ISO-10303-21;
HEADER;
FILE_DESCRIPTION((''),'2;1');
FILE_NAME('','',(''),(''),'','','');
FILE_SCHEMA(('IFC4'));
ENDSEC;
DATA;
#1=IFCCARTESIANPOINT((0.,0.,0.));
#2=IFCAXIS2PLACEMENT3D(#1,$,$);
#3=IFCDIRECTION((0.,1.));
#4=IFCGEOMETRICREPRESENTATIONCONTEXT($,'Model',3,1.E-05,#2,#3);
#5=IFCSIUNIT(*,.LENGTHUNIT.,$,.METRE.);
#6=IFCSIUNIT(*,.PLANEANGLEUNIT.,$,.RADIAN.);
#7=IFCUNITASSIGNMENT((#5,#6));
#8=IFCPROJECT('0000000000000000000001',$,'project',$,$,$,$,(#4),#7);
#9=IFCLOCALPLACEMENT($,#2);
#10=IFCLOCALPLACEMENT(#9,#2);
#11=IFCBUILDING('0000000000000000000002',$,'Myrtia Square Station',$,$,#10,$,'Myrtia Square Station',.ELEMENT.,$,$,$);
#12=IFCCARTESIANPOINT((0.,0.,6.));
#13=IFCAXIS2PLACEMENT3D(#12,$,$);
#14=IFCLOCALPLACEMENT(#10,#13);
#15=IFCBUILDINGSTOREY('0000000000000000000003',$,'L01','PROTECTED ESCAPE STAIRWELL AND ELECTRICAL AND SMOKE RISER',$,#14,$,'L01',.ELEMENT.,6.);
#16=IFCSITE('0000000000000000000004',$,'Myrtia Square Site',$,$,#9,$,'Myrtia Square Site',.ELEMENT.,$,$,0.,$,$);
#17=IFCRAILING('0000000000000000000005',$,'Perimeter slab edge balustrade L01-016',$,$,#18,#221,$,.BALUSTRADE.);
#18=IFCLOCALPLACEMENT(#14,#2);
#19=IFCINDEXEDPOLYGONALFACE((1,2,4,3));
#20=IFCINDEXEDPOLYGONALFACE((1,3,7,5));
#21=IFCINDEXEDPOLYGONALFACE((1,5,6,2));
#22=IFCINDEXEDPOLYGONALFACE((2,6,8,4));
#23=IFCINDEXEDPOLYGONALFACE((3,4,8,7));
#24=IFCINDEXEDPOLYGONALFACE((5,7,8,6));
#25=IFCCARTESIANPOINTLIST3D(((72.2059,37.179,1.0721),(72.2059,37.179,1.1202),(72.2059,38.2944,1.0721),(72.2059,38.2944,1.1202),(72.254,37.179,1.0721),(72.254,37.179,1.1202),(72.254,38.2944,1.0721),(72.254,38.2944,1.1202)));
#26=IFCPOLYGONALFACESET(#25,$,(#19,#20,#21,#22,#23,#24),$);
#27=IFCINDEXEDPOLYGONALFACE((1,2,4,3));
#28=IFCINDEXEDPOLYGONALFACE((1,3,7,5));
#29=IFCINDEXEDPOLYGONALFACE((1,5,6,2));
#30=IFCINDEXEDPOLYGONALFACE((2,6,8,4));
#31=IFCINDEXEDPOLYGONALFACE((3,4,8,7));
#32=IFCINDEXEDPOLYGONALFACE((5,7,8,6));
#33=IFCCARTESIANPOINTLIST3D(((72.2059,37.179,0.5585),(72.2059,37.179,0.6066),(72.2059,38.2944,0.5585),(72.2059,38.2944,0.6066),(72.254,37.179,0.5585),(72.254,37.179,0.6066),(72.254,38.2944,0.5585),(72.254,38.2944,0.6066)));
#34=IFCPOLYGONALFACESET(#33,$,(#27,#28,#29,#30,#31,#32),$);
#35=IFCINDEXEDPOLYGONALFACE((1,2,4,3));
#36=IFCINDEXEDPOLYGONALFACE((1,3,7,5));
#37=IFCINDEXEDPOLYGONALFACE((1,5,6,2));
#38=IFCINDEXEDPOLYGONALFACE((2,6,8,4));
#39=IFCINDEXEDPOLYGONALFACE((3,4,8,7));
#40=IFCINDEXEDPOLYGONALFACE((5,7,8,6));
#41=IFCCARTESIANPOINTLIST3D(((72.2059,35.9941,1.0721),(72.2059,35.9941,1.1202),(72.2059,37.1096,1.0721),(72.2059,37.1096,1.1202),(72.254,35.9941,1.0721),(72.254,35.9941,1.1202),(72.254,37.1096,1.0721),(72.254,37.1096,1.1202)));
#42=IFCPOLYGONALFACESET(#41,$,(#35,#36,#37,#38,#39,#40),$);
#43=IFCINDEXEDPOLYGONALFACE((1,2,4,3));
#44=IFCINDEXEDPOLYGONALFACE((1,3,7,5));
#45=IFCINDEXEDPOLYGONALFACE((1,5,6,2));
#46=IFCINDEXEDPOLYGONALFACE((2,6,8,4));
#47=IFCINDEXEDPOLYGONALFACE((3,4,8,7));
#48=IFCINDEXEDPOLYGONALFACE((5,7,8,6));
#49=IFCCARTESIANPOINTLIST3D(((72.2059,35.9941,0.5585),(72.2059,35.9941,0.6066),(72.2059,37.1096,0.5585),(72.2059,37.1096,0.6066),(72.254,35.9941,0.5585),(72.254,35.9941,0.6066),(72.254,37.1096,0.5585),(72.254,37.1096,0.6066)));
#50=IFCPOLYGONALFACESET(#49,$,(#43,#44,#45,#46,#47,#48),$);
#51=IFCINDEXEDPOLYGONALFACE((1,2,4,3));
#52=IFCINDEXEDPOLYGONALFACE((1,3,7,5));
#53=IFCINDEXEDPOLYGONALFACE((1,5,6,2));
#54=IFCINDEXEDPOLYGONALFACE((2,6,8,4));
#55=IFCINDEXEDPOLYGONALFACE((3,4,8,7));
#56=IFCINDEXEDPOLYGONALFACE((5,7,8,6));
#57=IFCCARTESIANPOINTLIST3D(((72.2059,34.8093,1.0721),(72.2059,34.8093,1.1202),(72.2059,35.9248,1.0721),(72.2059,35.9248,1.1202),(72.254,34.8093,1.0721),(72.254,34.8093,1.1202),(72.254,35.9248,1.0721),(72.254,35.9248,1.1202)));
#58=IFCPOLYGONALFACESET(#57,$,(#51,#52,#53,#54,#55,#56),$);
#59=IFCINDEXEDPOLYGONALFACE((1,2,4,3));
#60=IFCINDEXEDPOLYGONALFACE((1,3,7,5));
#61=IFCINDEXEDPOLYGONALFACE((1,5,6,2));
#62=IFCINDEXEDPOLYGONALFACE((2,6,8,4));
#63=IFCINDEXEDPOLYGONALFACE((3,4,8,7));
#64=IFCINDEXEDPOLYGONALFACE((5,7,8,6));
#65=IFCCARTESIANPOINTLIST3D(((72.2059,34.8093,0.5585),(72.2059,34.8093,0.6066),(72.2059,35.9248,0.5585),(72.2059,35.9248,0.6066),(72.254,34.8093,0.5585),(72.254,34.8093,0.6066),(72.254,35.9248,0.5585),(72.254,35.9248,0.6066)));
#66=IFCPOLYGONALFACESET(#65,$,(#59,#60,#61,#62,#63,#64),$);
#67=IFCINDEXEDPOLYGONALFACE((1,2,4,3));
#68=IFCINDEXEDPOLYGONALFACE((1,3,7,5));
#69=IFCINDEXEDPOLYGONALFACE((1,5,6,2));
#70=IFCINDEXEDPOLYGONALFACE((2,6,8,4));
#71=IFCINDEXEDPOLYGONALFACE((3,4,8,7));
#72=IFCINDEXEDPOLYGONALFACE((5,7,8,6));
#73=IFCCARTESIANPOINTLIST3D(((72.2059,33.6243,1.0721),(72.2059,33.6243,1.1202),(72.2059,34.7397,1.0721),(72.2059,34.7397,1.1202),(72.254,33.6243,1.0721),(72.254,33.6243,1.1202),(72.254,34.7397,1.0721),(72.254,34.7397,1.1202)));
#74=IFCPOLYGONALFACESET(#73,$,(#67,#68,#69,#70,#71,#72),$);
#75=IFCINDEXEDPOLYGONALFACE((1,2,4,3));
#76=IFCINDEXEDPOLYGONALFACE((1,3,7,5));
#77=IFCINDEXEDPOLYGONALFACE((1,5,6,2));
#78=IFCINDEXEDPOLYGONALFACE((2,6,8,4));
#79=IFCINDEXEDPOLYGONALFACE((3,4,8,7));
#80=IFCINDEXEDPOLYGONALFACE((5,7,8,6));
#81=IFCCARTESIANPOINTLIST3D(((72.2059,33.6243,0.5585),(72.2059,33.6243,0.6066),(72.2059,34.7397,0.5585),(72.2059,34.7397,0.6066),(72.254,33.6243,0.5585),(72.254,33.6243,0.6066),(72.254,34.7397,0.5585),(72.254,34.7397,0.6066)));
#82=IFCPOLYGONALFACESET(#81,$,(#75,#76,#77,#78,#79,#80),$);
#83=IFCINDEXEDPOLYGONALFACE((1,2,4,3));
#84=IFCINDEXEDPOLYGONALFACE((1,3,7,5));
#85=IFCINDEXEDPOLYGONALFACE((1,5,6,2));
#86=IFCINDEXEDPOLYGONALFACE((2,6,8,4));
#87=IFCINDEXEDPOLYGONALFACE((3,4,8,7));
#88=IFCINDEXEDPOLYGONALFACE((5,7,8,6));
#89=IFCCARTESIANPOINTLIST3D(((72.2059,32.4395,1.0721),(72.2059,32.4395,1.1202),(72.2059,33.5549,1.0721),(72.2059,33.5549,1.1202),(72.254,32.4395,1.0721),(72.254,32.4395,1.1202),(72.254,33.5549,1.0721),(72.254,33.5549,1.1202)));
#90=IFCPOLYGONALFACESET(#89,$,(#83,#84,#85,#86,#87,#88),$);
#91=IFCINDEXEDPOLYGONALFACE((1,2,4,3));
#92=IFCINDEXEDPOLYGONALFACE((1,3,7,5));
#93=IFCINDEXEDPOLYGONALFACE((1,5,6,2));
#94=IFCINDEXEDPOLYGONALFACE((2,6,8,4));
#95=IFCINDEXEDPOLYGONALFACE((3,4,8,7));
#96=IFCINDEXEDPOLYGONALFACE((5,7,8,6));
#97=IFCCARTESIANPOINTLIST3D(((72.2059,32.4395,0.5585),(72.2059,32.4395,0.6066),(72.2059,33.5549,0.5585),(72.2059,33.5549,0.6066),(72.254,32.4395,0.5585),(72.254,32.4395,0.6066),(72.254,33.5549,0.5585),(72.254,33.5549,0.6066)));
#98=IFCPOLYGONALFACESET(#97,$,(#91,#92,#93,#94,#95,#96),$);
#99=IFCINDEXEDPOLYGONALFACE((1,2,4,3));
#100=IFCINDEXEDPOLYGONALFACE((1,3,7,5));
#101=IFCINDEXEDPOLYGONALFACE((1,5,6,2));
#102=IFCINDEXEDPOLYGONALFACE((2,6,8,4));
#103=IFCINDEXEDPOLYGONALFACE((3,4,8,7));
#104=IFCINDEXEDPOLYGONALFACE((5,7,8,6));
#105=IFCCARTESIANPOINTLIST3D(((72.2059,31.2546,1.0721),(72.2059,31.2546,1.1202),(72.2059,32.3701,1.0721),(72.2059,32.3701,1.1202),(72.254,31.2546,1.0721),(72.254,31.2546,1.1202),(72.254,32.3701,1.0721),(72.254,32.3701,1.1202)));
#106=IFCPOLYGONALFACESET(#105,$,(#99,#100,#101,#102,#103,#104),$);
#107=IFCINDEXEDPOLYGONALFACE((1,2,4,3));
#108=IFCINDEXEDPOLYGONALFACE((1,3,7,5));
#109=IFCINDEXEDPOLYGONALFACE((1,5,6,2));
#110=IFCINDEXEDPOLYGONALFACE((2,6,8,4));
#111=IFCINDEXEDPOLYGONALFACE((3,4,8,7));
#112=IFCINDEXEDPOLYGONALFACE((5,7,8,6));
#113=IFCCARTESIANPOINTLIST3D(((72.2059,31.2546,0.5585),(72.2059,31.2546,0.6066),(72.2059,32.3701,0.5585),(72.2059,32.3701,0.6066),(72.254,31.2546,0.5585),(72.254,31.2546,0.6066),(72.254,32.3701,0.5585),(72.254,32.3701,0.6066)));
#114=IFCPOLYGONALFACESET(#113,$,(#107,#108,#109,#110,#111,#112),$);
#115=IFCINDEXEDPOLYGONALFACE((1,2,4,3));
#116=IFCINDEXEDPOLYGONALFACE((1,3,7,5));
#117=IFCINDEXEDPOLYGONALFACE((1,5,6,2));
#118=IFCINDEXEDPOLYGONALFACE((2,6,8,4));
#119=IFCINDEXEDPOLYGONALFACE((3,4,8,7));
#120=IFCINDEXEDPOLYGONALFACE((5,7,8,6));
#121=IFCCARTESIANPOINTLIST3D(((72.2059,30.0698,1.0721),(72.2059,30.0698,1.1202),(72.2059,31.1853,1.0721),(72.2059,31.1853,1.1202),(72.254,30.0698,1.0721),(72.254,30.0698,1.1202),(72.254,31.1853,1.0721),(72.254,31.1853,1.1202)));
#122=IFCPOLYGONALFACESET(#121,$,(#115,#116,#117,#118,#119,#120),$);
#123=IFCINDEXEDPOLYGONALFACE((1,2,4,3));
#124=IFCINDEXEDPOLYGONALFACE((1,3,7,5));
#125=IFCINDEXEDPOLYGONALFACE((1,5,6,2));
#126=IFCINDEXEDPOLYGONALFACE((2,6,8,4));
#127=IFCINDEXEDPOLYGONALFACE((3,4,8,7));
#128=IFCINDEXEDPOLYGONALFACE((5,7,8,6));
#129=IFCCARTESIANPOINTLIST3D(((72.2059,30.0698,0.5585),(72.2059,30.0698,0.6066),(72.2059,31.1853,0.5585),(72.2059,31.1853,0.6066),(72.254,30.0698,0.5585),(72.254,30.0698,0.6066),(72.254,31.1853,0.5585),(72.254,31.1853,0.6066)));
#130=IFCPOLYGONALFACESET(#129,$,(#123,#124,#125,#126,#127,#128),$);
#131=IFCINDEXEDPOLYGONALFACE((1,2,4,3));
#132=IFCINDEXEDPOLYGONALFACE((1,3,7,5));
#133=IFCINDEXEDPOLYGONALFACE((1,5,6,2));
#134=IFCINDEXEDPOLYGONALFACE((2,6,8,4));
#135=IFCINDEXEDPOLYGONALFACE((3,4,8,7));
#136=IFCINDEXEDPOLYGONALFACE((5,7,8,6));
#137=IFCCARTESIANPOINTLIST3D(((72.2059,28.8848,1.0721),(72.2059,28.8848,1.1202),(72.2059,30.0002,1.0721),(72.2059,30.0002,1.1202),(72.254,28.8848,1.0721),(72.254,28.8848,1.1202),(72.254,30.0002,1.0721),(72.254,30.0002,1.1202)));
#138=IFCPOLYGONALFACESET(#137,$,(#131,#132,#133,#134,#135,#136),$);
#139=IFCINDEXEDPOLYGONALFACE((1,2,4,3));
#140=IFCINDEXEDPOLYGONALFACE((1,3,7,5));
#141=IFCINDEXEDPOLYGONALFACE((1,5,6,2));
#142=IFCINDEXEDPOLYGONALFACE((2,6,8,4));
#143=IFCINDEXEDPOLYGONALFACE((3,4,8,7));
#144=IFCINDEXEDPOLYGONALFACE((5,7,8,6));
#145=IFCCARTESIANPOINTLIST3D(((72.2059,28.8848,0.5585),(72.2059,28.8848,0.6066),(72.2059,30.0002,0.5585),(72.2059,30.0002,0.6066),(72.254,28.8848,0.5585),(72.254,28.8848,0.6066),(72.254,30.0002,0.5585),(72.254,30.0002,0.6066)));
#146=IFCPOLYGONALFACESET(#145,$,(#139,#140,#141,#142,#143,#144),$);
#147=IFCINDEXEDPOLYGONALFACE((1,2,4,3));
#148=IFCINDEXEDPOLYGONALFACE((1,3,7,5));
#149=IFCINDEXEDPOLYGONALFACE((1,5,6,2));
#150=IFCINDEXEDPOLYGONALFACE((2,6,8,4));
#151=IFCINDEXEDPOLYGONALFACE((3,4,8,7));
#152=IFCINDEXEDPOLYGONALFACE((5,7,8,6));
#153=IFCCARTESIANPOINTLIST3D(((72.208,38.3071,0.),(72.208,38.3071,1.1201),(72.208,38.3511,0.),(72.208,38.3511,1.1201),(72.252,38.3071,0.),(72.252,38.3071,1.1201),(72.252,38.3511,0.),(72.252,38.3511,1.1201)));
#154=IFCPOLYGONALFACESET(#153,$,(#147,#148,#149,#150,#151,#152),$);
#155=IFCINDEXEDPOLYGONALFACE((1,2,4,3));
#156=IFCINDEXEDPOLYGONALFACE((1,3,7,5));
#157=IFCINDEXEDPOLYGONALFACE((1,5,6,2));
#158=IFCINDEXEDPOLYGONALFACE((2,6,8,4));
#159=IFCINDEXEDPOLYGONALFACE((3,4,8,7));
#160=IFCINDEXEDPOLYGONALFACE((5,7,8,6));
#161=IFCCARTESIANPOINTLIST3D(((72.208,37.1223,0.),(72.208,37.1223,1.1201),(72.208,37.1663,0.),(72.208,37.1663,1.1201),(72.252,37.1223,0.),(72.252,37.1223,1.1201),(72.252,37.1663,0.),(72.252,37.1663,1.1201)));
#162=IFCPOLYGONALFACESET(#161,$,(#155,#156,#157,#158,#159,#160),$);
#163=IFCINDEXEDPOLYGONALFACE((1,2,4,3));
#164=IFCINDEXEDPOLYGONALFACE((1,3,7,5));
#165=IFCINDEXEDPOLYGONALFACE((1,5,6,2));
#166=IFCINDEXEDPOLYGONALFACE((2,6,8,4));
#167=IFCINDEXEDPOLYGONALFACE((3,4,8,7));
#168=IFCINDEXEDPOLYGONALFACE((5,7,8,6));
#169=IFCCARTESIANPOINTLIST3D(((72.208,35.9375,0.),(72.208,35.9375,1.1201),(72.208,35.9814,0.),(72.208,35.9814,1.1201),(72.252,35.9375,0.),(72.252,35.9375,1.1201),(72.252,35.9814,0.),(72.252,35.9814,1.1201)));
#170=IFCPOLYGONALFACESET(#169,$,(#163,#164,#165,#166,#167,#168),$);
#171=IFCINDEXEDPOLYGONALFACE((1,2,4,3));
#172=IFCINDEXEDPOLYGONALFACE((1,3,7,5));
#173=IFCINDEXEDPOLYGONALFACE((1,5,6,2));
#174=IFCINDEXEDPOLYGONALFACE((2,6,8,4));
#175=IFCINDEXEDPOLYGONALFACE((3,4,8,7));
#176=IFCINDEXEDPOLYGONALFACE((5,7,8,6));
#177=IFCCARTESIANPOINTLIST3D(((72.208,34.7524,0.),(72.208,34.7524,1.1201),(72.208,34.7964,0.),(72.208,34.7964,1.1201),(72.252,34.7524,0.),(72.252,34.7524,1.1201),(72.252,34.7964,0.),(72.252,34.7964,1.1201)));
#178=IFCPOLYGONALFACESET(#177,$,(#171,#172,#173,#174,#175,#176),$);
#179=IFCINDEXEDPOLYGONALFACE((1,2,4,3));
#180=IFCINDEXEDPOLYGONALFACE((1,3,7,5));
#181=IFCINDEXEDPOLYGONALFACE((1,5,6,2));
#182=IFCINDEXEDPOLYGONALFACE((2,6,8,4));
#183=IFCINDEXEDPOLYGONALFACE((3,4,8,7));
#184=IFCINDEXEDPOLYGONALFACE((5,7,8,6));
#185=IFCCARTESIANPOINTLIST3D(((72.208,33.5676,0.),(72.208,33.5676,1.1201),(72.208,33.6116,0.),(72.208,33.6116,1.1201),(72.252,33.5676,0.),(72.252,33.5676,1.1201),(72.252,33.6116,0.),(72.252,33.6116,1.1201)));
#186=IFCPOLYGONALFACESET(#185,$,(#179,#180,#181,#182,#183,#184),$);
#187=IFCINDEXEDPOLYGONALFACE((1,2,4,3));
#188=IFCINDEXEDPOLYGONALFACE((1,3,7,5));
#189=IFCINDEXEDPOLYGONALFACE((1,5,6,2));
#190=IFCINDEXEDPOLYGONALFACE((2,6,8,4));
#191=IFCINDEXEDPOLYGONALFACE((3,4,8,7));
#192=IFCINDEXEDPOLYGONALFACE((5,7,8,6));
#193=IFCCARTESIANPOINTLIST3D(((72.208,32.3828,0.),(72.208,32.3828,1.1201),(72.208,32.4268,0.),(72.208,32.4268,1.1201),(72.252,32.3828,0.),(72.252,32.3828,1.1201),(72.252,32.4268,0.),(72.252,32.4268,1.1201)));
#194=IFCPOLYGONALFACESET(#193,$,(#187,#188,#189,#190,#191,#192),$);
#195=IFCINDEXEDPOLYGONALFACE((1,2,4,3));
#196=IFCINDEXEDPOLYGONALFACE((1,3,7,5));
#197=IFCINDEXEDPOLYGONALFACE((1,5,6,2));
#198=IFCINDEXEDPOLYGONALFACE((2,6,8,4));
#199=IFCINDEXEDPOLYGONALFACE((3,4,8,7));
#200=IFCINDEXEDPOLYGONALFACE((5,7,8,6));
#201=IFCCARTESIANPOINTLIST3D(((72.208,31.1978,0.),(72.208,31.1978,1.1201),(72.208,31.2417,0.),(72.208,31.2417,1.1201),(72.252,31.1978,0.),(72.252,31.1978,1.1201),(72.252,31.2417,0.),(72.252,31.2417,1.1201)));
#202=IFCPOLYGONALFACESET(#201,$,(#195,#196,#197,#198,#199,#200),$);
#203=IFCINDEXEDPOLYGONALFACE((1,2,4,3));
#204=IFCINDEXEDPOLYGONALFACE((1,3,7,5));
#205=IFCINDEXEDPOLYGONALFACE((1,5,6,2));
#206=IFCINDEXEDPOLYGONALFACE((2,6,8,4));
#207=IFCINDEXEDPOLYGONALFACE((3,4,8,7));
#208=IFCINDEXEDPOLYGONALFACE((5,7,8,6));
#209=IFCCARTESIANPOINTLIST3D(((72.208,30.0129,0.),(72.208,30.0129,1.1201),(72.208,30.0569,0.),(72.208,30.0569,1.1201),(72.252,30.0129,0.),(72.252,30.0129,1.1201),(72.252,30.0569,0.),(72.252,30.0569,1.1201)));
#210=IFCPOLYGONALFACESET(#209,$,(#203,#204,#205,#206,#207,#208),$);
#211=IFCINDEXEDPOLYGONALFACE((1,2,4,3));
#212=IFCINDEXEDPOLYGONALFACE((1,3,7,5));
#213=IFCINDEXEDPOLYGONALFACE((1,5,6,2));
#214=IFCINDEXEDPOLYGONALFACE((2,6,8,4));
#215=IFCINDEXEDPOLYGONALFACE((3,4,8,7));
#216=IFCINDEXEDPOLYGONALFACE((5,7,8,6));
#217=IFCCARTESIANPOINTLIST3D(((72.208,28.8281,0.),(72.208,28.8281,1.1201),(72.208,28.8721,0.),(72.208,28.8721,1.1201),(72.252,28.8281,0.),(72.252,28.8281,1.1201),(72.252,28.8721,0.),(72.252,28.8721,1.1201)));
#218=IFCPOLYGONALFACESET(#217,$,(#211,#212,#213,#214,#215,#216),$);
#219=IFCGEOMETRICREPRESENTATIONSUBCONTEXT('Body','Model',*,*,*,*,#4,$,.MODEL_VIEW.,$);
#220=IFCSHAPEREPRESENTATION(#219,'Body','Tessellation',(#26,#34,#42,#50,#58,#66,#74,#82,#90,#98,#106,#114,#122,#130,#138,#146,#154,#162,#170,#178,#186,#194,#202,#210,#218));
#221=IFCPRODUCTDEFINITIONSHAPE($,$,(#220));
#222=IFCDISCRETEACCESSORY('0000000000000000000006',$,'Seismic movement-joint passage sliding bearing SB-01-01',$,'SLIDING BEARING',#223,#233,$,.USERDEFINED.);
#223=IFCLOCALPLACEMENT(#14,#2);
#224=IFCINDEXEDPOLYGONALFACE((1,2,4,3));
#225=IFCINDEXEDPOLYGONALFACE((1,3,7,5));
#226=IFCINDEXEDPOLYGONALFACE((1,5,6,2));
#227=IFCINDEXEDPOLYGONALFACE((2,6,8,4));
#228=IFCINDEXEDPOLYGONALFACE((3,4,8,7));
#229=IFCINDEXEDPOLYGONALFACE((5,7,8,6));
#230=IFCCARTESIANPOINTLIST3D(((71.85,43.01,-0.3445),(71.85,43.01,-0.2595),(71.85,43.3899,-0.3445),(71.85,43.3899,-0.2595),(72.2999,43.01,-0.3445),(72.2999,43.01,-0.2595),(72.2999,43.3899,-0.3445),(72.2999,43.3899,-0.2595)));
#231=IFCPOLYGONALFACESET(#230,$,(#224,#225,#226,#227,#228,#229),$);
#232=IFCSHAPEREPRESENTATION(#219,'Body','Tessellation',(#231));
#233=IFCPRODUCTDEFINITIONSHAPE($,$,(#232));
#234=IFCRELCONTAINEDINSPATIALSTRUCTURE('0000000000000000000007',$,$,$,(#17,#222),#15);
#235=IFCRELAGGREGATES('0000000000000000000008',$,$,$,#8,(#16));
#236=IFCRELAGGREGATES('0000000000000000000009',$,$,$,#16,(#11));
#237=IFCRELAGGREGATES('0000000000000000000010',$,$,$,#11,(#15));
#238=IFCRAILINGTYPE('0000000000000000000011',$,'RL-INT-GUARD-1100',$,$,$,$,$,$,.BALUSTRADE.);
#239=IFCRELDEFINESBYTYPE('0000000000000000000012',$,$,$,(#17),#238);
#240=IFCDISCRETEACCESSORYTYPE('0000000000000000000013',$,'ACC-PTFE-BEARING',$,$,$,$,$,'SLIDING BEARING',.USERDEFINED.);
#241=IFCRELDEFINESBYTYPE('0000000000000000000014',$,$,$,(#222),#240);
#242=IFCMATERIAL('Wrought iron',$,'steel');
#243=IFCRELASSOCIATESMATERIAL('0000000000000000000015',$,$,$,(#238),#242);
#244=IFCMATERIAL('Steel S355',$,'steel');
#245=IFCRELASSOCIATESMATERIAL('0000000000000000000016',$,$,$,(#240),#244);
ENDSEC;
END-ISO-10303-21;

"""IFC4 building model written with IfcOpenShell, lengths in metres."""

from ifc_helpers import new_model, si_unit, direction, frame, origin, origin_2d, place, context, subcontext, project, spatial, rectangle, extrude, material, type_object, element, save


model = new_model("IFC4")

# Units and contexts
model_context = context("Model", 3, precision=1e-05, world=origin(), true_north=direction((0.0, 1.0)))
body_context = subcontext(model_context, "Body", "Model", "MODEL_VIEW")
ifc_project = project(units=[si_unit("LENGTHUNIT", "METRE"), si_unit("PLANEANGLEUNIT", "RADIAN")], contexts=[model_context])

# Site, building, storey
site_placement = place(None, origin())
site = spatial("IfcSite", under=ifc_project, at=site_placement, Name="Myrtia Square Site", LongName="Myrtia Square Site", CompositionType="ELEMENT", RefElevation=0.0)
building_placement = place(site_placement, origin())
building = spatial("IfcBuilding", under=site, at=building_placement, Name="Myrtia Square Station", LongName="Myrtia Square Station", CompositionType="ELEMENT")
storey_placement = place(building_placement, frame((0.0, 0.0, 6.0)))
storey = spatial("IfcBuildingStorey", under=building, at=storey_placement, Name="L01", Description="PROTECTED ESCAPE STAIRWELL AND ELECTRICAL AND SMOKE RISER", LongName="L01", CompositionType="ELEMENT", Elevation=6.0)

# Shared definitions
ifc_material_1 = material(Name="Steel S355", Category="steel")

# Railing
ifc_material_2 = material(Name="Wrought iron", Category="steel")
railing_type = type_object("IfcRailingType", Name="RL-INT-GUARD-1100", PredefinedType="BALUSTRADE", material=ifc_material_2)
railing_placement = place(storey_placement, frame((72.23, 38.3291, 0.0)))
element("IfcRailing", 1, at=railing_placement, inside=storey, type_object=railing_type, Name="Perimeter slab edge balustrade L01-016", PredefinedType="BALUSTRADE", context=body_context, shape_type="SweptSolid", body=[
    extrude(rectangle(XDim=0.0481, YDim=0.0481, at=origin_2d()), frame((0.0, -0.0347, 1.0962), z_axis=(0.0, -1.0, 0.0), x_axis=(1.0, 0.0, 0.0)), (0.0, 0.0, 1.0), 1.1155),
    extrude(rectangle(XDim=0.0481, YDim=0.0481, at=origin_2d()), frame((0.0, -0.0347, 0.5825), z_axis=(0.0, -1.0, 0.0), x_axis=(1.0, 0.0, 0.0)), (0.0, 0.0, 1.0), 1.1155),
    extrude(rectangle(XDim=0.0481, YDim=0.0481, at=origin_2d()), frame((0.0, -1.2195, 1.0962), z_axis=(0.0, -1.0, 0.0), x_axis=(1.0, 0.0, 0.0)), (0.0, 0.0, 1.0), 1.1155),
    extrude(rectangle(XDim=0.0481, YDim=0.0481, at=origin_2d()), frame((0.0, -1.2195, 0.5825), z_axis=(0.0, -1.0, 0.0), x_axis=(1.0, 0.0, 0.0)), (0.0, 0.0, 1.0), 1.1155),
    extrude(rectangle(XDim=0.0481, YDim=0.0481, at=origin_2d()), frame((0.0, -2.4043, 1.0962), z_axis=(0.0, -1.0, 0.0), x_axis=(1.0, 0.0, 0.0)), (0.0, 0.0, 1.0), 1.1155),
    extrude(rectangle(XDim=0.0481, YDim=0.0481, at=origin_2d()), frame((0.0, -2.4043, 0.5825), z_axis=(0.0, -1.0, 0.0), x_axis=(1.0, 0.0, 0.0)), (0.0, 0.0, 1.0), 1.1155),
    extrude(rectangle(XDim=0.0481, YDim=0.0481, at=origin_2d()), frame((0.0, -3.5894, 1.0962), z_axis=(0.0, -1.0, 0.0), x_axis=(1.0, 0.0, 0.0)), (0.0, 0.0, 1.0), 1.1155),
    extrude(rectangle(XDim=0.0481, YDim=0.0481, at=origin_2d()), frame((0.0, -3.5894, 0.5825), z_axis=(0.0, -1.0, 0.0), x_axis=(1.0, 0.0, 0.0)), (0.0, 0.0, 1.0), 1.1155),
    extrude(rectangle(XDim=0.0481, YDim=0.0481, at=origin_2d()), frame((0.0, -4.7742, 1.0962), z_axis=(0.0, -1.0, 0.0), x_axis=(1.0, 0.0, 0.0)), (0.0, 0.0, 1.0), 1.1155),
    extrude(rectangle(XDim=0.0481, YDim=0.0481, at=origin_2d()), frame((0.0, -4.7742, 0.5825), z_axis=(0.0, -1.0, 0.0), x_axis=(1.0, 0.0, 0.0)), (0.0, 0.0, 1.0), 1.1155),
    extrude(rectangle(XDim=0.0481, YDim=0.0481, at=origin_2d()), frame((0.0, -5.959, 1.0962), z_axis=(0.0, -1.0, 0.0), x_axis=(1.0, 0.0, 0.0)), (0.0, 0.0, 1.0), 1.1155),
    extrude(rectangle(XDim=0.0481, YDim=0.0481, at=origin_2d()), frame((0.0, -5.959, 0.5825), z_axis=(0.0, -1.0, 0.0), x_axis=(1.0, 0.0, 0.0)), (0.0, 0.0, 1.0), 1.1155),
    extrude(rectangle(XDim=0.0481, YDim=0.0481, at=origin_2d()), frame((0.0, -7.1438, 1.0962), z_axis=(0.0, -1.0, 0.0), x_axis=(1.0, 0.0, 0.0)), (0.0, 0.0, 1.0), 1.1155),
    extrude(rectangle(XDim=0.0481, YDim=0.0481, at=origin_2d()), frame((0.0, -7.1438, 0.5825), z_axis=(0.0, -1.0, 0.0), x_axis=(1.0, 0.0, 0.0)), (0.0, 0.0, 1.0), 1.1155),
    extrude(rectangle(XDim=0.0481, YDim=0.0481, at=origin_2d()), frame((0.0, -8.3289, 1.0962), z_axis=(0.0, -1.0, 0.0), x_axis=(1.0, 0.0, 0.0)), (0.0, 0.0, 1.0), 1.1155),
    extrude(rectangle(XDim=0.0481, YDim=0.0481, at=origin_2d()), frame((0.0, -8.3289, 0.5825), z_axis=(0.0, -1.0, 0.0), x_axis=(1.0, 0.0, 0.0)), (0.0, 0.0, 1.0), 1.1155),
    extrude(rectangle(XDim=0.0439, YDim=0.0439, at=origin_2d()), origin(), (0.0, 0.0, 1.0), 1.1201),
    extrude(rectangle(XDim=0.0439, YDim=0.0439, at=origin_2d()), frame((0.0, -1.1848, 0.0)), (0.0, 0.0, 1.0), 1.1201),
    extrude(rectangle(XDim=0.0439, YDim=0.0439, at=origin_2d()), frame((0.0, -2.3696, 0.0)), (0.0, 0.0, 1.0), 1.1201),
    extrude(rectangle(XDim=0.0439, YDim=0.0439, at=origin_2d()), frame((0.0, -3.5547, 0.0)), (0.0, 0.0, 1.0), 1.1201),
    extrude(rectangle(XDim=0.0439, YDim=0.0439, at=origin_2d()), frame((0.0, -4.7395, 0.0)), (0.0, 0.0, 1.0), 1.1201),
    extrude(rectangle(XDim=0.0439, YDim=0.0439, at=origin_2d()), frame((0.0, -5.9243, 0.0)), (0.0, 0.0, 1.0), 1.1201),
    extrude(rectangle(XDim=0.0439, YDim=0.0439, at=origin_2d()), frame((0.0, -7.1094, 0.0)), (0.0, 0.0, 1.0), 1.1201),
    extrude(rectangle(XDim=0.0439, YDim=0.0439, at=origin_2d()), frame((0.0, -8.2942, 0.0)), (0.0, 0.0, 1.0), 1.1201),
    extrude(rectangle(XDim=0.0439, YDim=0.0439, at=origin_2d()), frame((0.0, -9.479, 0.0)), (0.0, 0.0, 1.0), 1.1201),
])

# Discrete accessory
discrete_accessory_type = type_object("IfcDiscreteAccessoryType", Name="ACC-PTFE-BEARING", ElementType="SLIDING BEARING", PredefinedType="USERDEFINED", material=ifc_material_1)
discrete_accessory_placement = place(storey_placement, frame((72.075, 43.2, -0.3445), z_axis=(0.0, 0.0, 1.0), x_axis=(1.0, 0.0, 0.0)))
element("IfcDiscreteAccessory", 2, at=discrete_accessory_placement, inside=storey, type_object=discrete_accessory_type, Name="Seismic movement-joint passage sliding bearing SB-01-01", ObjectType="SLIDING BEARING", PredefinedType="USERDEFINED", context=body_context, shape_type="SweptSolid", body=[
    extrude(rectangle(XDim=0.45, YDim=0.3799, at=origin_2d()), origin(), (0.0, 0.0, 1.0), 0.085),
])

save(model, "model.ifc")
